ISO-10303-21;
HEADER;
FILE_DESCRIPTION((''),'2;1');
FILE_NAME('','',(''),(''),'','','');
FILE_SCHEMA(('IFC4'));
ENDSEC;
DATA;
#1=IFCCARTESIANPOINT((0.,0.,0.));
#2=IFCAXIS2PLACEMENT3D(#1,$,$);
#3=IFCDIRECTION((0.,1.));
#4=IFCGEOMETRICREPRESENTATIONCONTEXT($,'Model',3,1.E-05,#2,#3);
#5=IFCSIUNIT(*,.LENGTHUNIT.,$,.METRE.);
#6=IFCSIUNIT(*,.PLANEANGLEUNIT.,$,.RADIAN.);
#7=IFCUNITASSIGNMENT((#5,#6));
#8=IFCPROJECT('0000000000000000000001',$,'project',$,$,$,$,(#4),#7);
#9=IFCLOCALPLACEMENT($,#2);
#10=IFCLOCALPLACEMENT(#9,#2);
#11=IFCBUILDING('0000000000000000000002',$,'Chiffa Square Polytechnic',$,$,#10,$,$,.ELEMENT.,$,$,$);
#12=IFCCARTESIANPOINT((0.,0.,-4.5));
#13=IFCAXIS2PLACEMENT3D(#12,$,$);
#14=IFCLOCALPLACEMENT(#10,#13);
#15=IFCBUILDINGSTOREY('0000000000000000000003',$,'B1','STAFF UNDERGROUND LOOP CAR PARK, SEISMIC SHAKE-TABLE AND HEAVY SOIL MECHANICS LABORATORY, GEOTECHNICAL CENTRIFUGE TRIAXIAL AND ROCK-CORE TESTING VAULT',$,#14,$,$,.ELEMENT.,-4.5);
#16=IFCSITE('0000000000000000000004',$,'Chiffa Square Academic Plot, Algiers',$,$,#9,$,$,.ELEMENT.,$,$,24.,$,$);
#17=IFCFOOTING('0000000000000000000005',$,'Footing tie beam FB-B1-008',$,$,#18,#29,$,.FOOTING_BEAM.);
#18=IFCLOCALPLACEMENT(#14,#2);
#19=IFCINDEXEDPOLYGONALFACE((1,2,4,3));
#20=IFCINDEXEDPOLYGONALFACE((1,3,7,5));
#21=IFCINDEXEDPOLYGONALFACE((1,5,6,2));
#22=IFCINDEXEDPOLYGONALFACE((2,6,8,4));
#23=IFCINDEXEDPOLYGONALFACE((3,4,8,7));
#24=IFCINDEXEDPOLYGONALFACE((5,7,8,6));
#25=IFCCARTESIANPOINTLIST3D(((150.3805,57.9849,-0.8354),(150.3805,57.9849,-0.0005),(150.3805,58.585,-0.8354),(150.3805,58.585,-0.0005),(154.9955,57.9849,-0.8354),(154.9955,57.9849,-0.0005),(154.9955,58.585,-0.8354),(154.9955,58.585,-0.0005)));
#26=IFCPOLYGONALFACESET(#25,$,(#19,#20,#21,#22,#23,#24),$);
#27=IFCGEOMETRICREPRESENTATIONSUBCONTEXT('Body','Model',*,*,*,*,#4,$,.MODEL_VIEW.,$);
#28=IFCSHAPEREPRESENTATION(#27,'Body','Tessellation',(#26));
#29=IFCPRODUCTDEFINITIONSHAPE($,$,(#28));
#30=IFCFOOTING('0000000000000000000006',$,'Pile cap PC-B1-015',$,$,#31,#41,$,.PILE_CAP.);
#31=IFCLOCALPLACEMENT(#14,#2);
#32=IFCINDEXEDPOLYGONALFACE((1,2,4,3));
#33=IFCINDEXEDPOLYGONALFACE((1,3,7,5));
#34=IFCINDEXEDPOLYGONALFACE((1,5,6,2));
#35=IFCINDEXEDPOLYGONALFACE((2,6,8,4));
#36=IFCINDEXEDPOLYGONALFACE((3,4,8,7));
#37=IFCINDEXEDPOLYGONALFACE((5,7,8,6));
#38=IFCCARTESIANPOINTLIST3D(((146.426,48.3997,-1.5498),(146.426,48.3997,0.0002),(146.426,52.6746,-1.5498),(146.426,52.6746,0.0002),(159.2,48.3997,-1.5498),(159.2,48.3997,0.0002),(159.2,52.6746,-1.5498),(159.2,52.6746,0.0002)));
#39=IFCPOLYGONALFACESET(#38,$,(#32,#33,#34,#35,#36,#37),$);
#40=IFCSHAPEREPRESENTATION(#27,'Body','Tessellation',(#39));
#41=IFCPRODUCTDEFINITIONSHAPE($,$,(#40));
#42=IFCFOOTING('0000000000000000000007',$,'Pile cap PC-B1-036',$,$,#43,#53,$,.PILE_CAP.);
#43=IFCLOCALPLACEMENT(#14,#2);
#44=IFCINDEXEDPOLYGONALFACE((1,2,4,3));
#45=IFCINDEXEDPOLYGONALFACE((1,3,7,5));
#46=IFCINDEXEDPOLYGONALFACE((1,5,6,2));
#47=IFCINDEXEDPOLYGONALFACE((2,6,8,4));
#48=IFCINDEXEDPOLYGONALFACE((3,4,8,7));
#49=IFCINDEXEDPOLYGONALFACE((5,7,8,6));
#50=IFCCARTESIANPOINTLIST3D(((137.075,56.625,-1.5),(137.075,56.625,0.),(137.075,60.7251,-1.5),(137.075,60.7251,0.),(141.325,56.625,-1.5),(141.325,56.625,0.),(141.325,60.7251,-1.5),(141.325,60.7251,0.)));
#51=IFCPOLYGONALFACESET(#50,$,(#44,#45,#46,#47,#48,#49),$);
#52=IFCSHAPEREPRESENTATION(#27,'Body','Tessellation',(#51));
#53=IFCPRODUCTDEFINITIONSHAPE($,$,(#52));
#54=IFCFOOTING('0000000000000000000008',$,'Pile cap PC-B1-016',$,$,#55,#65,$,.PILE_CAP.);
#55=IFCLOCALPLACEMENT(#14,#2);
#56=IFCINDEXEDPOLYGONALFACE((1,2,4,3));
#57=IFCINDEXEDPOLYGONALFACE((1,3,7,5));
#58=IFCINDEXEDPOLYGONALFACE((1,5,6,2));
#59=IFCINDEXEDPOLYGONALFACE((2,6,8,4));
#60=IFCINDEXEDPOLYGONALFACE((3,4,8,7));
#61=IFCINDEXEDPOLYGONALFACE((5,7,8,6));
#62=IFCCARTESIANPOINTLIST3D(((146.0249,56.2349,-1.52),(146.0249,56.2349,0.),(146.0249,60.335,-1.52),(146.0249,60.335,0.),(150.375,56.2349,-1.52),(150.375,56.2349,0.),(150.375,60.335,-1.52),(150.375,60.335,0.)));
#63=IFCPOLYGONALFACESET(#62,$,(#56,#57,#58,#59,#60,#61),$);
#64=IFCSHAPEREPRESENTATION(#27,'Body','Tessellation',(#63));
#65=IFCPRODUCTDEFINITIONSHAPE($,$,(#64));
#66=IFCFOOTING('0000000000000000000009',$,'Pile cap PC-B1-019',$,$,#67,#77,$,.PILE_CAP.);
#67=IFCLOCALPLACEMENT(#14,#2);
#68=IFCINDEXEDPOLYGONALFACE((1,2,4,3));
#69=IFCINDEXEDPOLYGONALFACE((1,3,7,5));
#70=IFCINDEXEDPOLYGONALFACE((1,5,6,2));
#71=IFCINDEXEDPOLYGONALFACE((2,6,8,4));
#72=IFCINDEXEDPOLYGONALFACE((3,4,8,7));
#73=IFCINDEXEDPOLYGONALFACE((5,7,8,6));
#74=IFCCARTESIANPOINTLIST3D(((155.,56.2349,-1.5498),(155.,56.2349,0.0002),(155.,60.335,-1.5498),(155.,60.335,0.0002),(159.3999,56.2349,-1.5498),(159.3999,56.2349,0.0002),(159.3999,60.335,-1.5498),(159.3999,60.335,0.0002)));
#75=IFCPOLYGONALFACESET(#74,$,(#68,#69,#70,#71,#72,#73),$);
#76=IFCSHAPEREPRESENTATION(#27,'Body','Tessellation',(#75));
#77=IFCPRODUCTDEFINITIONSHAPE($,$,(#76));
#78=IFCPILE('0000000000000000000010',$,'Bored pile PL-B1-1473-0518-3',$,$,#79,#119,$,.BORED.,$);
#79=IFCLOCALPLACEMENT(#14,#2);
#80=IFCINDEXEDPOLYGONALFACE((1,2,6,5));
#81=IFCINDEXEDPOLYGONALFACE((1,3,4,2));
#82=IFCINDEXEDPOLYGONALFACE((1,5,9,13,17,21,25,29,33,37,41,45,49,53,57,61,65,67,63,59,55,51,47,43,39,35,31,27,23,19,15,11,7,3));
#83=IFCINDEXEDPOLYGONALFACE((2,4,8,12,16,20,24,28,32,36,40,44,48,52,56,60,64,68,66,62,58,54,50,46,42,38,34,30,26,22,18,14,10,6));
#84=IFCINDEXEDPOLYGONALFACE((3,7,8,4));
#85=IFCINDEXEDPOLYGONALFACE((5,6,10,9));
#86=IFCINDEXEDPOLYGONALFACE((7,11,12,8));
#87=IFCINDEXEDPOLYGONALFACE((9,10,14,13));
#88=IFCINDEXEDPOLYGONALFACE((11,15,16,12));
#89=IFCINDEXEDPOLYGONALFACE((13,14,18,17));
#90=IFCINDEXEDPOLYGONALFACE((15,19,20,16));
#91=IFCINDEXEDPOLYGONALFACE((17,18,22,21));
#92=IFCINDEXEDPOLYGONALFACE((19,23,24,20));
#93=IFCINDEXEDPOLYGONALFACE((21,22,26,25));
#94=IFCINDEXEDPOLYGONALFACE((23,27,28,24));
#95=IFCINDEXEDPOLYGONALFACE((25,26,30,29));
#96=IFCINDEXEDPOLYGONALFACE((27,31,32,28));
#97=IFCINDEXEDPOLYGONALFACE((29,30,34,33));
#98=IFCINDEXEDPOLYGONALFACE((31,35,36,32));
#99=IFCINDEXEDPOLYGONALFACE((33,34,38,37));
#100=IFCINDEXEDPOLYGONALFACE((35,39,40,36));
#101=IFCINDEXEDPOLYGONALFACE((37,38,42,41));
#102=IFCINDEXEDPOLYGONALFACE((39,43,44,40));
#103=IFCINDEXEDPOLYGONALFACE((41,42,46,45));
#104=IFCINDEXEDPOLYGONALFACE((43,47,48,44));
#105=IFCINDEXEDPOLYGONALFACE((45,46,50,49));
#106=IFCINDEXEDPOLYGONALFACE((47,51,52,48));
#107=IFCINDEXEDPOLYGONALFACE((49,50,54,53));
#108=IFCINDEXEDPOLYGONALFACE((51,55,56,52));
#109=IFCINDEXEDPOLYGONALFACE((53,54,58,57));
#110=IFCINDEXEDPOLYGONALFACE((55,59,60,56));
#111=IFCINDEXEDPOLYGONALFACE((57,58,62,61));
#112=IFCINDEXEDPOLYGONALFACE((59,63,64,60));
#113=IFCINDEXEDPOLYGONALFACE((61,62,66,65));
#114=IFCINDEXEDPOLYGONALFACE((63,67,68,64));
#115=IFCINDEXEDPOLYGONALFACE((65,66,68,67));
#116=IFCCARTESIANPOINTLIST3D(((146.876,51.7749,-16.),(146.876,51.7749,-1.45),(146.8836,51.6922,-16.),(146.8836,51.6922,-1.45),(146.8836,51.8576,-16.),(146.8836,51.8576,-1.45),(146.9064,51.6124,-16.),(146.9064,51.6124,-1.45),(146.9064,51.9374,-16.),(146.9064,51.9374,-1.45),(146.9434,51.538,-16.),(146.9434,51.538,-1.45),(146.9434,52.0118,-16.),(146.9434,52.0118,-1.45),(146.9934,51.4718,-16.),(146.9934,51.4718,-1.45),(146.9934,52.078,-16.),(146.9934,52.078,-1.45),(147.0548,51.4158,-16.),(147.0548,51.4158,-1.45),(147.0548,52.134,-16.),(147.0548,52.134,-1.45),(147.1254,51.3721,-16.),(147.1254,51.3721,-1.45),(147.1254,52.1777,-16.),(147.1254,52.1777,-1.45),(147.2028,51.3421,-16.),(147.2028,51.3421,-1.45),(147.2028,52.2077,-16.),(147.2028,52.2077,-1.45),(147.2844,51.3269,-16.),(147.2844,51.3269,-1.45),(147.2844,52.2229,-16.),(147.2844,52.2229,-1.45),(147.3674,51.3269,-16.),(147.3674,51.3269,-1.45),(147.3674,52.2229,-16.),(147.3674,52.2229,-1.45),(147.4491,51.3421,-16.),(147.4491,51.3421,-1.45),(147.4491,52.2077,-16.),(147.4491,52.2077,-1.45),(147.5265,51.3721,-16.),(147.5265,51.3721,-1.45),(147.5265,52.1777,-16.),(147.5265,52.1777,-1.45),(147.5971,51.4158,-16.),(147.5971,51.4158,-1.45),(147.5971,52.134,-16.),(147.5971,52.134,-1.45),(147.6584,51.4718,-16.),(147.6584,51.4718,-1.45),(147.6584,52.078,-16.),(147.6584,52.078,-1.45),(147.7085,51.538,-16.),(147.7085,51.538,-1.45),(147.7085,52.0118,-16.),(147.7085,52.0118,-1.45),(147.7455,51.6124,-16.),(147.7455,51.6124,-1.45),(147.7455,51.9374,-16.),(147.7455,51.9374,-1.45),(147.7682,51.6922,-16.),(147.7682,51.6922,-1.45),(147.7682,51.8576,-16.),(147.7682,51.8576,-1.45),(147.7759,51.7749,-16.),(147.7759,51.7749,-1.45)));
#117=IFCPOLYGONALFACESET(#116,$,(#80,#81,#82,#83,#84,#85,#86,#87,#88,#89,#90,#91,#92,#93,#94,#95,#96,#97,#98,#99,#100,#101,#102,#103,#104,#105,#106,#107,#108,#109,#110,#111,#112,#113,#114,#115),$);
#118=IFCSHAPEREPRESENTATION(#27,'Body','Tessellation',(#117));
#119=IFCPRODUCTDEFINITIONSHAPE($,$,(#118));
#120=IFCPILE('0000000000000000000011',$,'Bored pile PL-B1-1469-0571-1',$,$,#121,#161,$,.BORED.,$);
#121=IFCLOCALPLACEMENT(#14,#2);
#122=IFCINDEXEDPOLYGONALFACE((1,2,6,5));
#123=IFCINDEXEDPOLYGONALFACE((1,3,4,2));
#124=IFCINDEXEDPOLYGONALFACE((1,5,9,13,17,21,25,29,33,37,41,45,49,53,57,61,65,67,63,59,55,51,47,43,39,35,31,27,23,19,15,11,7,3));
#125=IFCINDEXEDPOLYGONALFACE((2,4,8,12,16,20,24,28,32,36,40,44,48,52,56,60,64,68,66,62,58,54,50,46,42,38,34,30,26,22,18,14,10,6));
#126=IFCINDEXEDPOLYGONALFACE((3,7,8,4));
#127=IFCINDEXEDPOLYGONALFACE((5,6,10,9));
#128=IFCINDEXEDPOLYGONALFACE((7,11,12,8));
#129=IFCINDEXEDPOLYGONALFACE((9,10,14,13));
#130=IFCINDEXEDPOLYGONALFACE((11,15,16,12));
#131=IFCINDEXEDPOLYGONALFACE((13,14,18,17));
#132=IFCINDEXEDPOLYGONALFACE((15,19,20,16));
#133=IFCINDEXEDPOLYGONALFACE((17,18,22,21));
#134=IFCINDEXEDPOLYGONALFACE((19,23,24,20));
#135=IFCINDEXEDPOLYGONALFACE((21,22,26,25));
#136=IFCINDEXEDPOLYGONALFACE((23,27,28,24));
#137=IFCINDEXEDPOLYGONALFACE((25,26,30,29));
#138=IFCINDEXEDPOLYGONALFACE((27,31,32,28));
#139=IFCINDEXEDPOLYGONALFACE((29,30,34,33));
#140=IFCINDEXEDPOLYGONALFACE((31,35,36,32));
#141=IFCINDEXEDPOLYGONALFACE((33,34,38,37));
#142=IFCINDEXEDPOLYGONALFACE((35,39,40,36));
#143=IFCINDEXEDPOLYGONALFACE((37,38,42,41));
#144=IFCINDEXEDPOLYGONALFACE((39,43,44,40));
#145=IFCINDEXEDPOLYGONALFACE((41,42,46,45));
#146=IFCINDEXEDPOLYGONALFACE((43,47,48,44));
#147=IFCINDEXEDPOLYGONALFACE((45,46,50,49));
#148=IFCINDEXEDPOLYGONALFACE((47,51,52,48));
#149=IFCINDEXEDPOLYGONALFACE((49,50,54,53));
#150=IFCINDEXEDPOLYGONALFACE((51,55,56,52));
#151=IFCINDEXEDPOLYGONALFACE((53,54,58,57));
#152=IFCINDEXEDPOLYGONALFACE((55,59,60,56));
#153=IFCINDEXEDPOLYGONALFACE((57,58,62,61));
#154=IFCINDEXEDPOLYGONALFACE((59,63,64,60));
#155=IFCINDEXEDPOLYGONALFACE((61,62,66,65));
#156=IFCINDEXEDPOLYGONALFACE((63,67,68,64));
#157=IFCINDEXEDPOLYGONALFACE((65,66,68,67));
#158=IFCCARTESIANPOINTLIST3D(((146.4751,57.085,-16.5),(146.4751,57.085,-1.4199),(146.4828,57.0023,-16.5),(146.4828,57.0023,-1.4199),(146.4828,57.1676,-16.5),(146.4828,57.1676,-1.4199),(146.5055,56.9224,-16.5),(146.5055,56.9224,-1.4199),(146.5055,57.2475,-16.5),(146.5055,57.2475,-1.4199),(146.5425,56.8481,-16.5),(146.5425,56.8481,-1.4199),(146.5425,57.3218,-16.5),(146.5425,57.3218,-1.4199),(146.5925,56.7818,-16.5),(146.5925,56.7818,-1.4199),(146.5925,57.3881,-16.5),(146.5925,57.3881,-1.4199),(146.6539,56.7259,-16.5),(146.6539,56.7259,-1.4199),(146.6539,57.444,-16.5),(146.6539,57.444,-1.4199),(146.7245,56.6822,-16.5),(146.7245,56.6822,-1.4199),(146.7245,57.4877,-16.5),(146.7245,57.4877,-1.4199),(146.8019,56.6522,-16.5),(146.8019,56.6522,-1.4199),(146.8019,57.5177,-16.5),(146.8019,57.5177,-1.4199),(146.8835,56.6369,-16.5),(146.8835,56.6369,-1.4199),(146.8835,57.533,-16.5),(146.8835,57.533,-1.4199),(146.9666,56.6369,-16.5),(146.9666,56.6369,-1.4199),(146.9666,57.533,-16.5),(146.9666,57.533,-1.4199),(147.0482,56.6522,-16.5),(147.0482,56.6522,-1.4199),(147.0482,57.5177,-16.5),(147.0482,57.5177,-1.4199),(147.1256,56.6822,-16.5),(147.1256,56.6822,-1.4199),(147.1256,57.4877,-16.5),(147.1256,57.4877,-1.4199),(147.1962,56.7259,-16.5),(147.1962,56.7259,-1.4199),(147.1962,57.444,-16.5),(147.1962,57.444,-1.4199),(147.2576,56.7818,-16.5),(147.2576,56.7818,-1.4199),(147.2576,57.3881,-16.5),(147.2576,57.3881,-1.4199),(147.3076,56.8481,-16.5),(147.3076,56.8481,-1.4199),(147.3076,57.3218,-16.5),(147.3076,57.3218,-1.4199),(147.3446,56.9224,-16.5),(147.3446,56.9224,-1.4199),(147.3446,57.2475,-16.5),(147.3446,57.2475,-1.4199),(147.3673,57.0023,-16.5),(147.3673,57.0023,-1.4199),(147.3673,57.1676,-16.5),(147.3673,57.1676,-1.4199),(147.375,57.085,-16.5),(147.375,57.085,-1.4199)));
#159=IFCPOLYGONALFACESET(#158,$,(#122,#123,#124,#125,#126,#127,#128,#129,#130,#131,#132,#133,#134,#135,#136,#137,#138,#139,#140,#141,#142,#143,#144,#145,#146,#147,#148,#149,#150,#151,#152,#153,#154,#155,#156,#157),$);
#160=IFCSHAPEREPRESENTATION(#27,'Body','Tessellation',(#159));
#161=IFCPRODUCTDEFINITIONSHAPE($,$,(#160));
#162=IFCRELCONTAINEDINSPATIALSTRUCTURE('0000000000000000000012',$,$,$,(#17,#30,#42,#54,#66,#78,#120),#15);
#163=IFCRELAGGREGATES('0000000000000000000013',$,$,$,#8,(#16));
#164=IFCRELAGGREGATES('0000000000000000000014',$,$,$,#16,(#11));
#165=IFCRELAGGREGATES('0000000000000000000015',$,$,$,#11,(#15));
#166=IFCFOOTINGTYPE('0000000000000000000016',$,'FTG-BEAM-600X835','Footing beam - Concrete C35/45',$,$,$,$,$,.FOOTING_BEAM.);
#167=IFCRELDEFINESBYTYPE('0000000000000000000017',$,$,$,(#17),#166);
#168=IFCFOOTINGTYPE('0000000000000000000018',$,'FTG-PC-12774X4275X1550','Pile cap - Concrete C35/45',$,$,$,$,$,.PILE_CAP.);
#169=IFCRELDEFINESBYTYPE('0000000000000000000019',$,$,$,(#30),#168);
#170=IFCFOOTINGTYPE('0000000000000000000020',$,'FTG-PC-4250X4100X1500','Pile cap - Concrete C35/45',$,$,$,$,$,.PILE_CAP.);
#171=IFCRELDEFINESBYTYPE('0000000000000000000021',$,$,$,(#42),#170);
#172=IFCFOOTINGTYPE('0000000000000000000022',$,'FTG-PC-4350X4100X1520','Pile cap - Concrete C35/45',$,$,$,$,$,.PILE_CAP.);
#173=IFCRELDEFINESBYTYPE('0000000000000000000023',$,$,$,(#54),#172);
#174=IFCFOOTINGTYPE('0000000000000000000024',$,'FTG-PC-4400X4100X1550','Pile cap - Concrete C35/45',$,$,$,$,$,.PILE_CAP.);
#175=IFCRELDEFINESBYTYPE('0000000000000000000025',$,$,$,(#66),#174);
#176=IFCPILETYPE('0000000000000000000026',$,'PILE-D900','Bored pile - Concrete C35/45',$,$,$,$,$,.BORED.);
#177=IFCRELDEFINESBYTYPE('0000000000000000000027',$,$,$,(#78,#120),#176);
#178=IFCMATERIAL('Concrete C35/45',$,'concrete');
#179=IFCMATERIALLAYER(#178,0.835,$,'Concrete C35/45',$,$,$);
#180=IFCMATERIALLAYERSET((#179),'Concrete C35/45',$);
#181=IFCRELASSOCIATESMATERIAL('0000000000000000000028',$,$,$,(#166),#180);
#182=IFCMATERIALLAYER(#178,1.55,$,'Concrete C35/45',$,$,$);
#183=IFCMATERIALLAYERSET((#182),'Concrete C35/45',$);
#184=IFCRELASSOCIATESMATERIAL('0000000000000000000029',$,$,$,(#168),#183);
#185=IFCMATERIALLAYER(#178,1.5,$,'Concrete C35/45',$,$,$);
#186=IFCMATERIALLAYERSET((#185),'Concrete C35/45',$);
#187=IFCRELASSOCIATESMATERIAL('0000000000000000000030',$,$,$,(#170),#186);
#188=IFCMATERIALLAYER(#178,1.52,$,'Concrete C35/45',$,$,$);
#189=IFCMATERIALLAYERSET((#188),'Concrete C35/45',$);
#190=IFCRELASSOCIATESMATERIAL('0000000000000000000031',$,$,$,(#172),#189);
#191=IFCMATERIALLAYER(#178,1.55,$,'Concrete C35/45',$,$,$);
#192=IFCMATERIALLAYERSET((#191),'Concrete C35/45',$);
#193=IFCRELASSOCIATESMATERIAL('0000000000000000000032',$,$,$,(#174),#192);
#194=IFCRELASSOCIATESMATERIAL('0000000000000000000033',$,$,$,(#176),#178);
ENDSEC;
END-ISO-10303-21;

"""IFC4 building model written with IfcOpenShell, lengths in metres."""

from ifc_helpers import new_model, si_unit, direction, frame, origin, origin_2d, place, context, subcontext, project, spatial, rectangle, circle, extrude, material, layer, layer_set, material_profile, profile_set, type_object, element, save


model = new_model("IFC4")

# Units and contexts
model_context = context("Model", 3, precision=1e-05, world=origin(), true_north=direction((0.0, 1.0)))
body_context = subcontext(model_context, "Body", "Model", "MODEL_VIEW")
ifc_project = project(units=[si_unit("LENGTHUNIT", "METRE"), si_unit("PLANEANGLEUNIT", "RADIAN")], contexts=[model_context])

# Site, building, storey
site_placement = place(None, origin())
site = spatial("IfcSite", under=ifc_project, at=site_placement, Name="Chiffa Square Academic Plot, Algiers", CompositionType="ELEMENT", RefElevation=24.0)
building_placement = place(site_placement, origin())
building = spatial("IfcBuilding", under=site, at=building_placement, Name="Chiffa Square Polytechnic", CompositionType="ELEMENT")
storey_placement = place(building_placement, frame((0.0, 0.0, -4.5)))
storey = spatial("IfcBuildingStorey", under=building, at=storey_placement, Name="B1", Description="STAFF UNDERGROUND LOOP CAR PARK, SEISMIC SHAKE-TABLE AND HEAVY SOIL MECHANICS LABORATORY, GEOTECHNICAL CENTRIFUGE TRIAXIAL AND ROCK-CORE TESTING VAULT", CompositionType="ELEMENT", Elevation=-4.5)

# Footings
ifc_material_1 = material(Name="Concrete C35/45", Category="concrete")
ifc_layer_1 = layer(ifc_material_1, 0.835, Name="Concrete C35/45")
ifc_layer_set_1 = layer_set([ifc_layer_1], Name="Concrete C35/45")
footing_type_1 = type_object("IfcFootingType", Name="FTG-BEAM-600X835", Description="Footing beam - Concrete C35/45", PredefinedType="FOOTING_BEAM", material=ifc_layer_set_1)
footing_1_placement = place(storey_placement, frame((152.688, 58.2849, -0.8354), z_axis=(0.0, 0.0, 1.0), x_axis=(1.0, 0.0, 0.0)))
element("IfcFooting", 1, at=footing_1_placement, inside=storey, type_object=footing_type_1, Name="Footing tie beam FB-B1-008", PredefinedType="FOOTING_BEAM", context=body_context, shape_type="SweptSolid", body=[
    extrude(rectangle(XDim=4.615, YDim=0.6001, at=origin_2d()), origin(), (0.0, 0.0, 1.0), 0.835),
])
ifc_layer_2 = layer(ifc_material_1, 1.55, Name="Concrete C35/45")
ifc_layer_set_2 = layer_set([ifc_layer_2], Name="Concrete C35/45")
footing_type_2 = type_object("IfcFootingType", Name="FTG-PC-12774X4275X1550", Description="Pile cap - Concrete C35/45", PredefinedType="PILE_CAP", material=ifc_layer_set_2)
footing_2_placement = place(storey_placement, frame((152.813, 50.5371, -1.5498), z_axis=(0.0, 0.0, 1.0), x_axis=(1.0, 0.0, 0.0)))
element("IfcFooting", 2, at=footing_2_placement, inside=storey, type_object=footing_type_2, Name="Pile cap PC-B1-015", PredefinedType="PILE_CAP", context=body_context, shape_type="SweptSolid", body=[
    extrude(rectangle(XDim=12.7739, YDim=4.2749, at=origin_2d()), origin(), (0.0, 0.0, 1.0), 1.55),
])
ifc_layer_3 = layer(ifc_material_1, 1.5, Name="Concrete C35/45")
ifc_layer_set_3 = layer_set([ifc_layer_3], Name="Concrete C35/45")
footing_type_3 = type_object("IfcFootingType", Name="FTG-PC-4250X4100X1500", Description="Pile cap - Concrete C35/45", PredefinedType="PILE_CAP", material=ifc_layer_set_3)
footing_3_placement = place(storey_placement, frame((139.2, 58.675, -1.5), z_axis=(0.0, 0.0, 1.0), x_axis=(1.0, 0.0, 0.0)))
element("IfcFooting", 3, at=footing_3_placement, inside=storey, type_object=footing_type_3, Name="Pile cap PC-B1-036", PredefinedType="PILE_CAP", context=body_context, shape_type="SweptSolid", body=[
    extrude(rectangle(XDim=4.25, YDim=4.1001, at=origin_2d()), origin(), (0.0, 0.0, 1.0), 1.5),
])
ifc_layer_4 = layer(ifc_material_1, 1.52, Name="Concrete C35/45")
ifc_layer_set_4 = layer_set([ifc_layer_4], Name="Concrete C35/45")
footing_type_4 = type_object("IfcFootingType", Name="FTG-PC-4350X4100X1520", Description="Pile cap - Concrete C35/45", PredefinedType="PILE_CAP", material=ifc_layer_set_4)
footing_4_placement = place(storey_placement, frame((148.2, 58.2849, -1.52), z_axis=(0.0, 0.0, 1.0), x_axis=(1.0, 0.0, 0.0)))
element("IfcFooting", 4, at=footing_4_placement, inside=storey, type_object=footing_type_4, Name="Pile cap PC-B1-016", PredefinedType="PILE_CAP", context=body_context, shape_type="SweptSolid", body=[
    extrude(rectangle(XDim=4.3501, YDim=4.1001, at=origin_2d()), origin(), (0.0, 0.0, 1.0), 1.52),
])
ifc_layer_5 = layer(ifc_material_1, 1.55, Name="Concrete C35/45")
ifc_layer_set_5 = layer_set([ifc_layer_5], Name="Concrete C35/45")
footing_type_5 = type_object("IfcFootingType", Name="FTG-PC-4400X4100X1550", Description="Pile cap - Concrete C35/45", PredefinedType="PILE_CAP", material=ifc_layer_set_5)
footing_5_placement = place(storey_placement, frame((157.2, 58.2849, -1.5498), z_axis=(0.0, 0.0, 1.0), x_axis=(1.0, 0.0, 0.0)))
element("IfcFooting", 5, at=footing_5_placement, inside=storey, type_object=footing_type_5, Name="Pile cap PC-B1-019", PredefinedType="PILE_CAP", context=body_context, shape_type="SweptSolid", body=[
    extrude(rectangle(XDim=4.3999, YDim=4.1001, at=origin_2d()), origin(), (0.0, 0.0, 1.0), 1.55),
])

# Piles
ifc_material_profile_1 = material_profile(ifc_material_1, circle(Radius=0.45, at=origin_2d()), Name="PILE D900")
ifc_profile_set_1 = profile_set([ifc_material_profile_1], Name="Concrete C35/45")
pile_type = type_object("IfcPileType", Name="PILE-D900", Description="Bored pile - Concrete C35/45", PredefinedType="BORED", material=ifc_profile_set_1)
pile_placement = place(storey_placement, frame((147.3259, 51.7749, -1.45), z_axis=(0.0, 0.0, -1.0), x_axis=(1.0, 0.0, 0.0)))
element("IfcPile", 6, at=pile_placement, inside=storey, type_object=pile_type, Name="Bored pile PL-B1-1473-0518-3", PredefinedType="BORED", context=body_context, shape_type="SweptSolid", body=[
    extrude(circle(Radius=0.45, at=origin_2d()), origin(), (0.0, 0.0, 1.0), 14.55),
])
for number, where, z_axis, x_axis, name in (
    (7, (146.925, 57.085, -1.4199), (0.0, 0.0, -1.0), (1.0, 0.0, 0.0), "Bored pile PL-B1-1469-0571-1"),
):
    element("IfcPile", number, at=place(storey_placement, frame(where, z_axis=z_axis, x_axis=x_axis)), inside=storey, type_object=pile_type, Name=name, PredefinedType="BORED", context=body_context, shape_type="SweptSolid", body=[
        extrude(circle(Radius=0.45, at=origin_2d()), origin(), (0.0, 0.0, 1.0), 15.0801),
    ])

save(model, "model.ifc")
